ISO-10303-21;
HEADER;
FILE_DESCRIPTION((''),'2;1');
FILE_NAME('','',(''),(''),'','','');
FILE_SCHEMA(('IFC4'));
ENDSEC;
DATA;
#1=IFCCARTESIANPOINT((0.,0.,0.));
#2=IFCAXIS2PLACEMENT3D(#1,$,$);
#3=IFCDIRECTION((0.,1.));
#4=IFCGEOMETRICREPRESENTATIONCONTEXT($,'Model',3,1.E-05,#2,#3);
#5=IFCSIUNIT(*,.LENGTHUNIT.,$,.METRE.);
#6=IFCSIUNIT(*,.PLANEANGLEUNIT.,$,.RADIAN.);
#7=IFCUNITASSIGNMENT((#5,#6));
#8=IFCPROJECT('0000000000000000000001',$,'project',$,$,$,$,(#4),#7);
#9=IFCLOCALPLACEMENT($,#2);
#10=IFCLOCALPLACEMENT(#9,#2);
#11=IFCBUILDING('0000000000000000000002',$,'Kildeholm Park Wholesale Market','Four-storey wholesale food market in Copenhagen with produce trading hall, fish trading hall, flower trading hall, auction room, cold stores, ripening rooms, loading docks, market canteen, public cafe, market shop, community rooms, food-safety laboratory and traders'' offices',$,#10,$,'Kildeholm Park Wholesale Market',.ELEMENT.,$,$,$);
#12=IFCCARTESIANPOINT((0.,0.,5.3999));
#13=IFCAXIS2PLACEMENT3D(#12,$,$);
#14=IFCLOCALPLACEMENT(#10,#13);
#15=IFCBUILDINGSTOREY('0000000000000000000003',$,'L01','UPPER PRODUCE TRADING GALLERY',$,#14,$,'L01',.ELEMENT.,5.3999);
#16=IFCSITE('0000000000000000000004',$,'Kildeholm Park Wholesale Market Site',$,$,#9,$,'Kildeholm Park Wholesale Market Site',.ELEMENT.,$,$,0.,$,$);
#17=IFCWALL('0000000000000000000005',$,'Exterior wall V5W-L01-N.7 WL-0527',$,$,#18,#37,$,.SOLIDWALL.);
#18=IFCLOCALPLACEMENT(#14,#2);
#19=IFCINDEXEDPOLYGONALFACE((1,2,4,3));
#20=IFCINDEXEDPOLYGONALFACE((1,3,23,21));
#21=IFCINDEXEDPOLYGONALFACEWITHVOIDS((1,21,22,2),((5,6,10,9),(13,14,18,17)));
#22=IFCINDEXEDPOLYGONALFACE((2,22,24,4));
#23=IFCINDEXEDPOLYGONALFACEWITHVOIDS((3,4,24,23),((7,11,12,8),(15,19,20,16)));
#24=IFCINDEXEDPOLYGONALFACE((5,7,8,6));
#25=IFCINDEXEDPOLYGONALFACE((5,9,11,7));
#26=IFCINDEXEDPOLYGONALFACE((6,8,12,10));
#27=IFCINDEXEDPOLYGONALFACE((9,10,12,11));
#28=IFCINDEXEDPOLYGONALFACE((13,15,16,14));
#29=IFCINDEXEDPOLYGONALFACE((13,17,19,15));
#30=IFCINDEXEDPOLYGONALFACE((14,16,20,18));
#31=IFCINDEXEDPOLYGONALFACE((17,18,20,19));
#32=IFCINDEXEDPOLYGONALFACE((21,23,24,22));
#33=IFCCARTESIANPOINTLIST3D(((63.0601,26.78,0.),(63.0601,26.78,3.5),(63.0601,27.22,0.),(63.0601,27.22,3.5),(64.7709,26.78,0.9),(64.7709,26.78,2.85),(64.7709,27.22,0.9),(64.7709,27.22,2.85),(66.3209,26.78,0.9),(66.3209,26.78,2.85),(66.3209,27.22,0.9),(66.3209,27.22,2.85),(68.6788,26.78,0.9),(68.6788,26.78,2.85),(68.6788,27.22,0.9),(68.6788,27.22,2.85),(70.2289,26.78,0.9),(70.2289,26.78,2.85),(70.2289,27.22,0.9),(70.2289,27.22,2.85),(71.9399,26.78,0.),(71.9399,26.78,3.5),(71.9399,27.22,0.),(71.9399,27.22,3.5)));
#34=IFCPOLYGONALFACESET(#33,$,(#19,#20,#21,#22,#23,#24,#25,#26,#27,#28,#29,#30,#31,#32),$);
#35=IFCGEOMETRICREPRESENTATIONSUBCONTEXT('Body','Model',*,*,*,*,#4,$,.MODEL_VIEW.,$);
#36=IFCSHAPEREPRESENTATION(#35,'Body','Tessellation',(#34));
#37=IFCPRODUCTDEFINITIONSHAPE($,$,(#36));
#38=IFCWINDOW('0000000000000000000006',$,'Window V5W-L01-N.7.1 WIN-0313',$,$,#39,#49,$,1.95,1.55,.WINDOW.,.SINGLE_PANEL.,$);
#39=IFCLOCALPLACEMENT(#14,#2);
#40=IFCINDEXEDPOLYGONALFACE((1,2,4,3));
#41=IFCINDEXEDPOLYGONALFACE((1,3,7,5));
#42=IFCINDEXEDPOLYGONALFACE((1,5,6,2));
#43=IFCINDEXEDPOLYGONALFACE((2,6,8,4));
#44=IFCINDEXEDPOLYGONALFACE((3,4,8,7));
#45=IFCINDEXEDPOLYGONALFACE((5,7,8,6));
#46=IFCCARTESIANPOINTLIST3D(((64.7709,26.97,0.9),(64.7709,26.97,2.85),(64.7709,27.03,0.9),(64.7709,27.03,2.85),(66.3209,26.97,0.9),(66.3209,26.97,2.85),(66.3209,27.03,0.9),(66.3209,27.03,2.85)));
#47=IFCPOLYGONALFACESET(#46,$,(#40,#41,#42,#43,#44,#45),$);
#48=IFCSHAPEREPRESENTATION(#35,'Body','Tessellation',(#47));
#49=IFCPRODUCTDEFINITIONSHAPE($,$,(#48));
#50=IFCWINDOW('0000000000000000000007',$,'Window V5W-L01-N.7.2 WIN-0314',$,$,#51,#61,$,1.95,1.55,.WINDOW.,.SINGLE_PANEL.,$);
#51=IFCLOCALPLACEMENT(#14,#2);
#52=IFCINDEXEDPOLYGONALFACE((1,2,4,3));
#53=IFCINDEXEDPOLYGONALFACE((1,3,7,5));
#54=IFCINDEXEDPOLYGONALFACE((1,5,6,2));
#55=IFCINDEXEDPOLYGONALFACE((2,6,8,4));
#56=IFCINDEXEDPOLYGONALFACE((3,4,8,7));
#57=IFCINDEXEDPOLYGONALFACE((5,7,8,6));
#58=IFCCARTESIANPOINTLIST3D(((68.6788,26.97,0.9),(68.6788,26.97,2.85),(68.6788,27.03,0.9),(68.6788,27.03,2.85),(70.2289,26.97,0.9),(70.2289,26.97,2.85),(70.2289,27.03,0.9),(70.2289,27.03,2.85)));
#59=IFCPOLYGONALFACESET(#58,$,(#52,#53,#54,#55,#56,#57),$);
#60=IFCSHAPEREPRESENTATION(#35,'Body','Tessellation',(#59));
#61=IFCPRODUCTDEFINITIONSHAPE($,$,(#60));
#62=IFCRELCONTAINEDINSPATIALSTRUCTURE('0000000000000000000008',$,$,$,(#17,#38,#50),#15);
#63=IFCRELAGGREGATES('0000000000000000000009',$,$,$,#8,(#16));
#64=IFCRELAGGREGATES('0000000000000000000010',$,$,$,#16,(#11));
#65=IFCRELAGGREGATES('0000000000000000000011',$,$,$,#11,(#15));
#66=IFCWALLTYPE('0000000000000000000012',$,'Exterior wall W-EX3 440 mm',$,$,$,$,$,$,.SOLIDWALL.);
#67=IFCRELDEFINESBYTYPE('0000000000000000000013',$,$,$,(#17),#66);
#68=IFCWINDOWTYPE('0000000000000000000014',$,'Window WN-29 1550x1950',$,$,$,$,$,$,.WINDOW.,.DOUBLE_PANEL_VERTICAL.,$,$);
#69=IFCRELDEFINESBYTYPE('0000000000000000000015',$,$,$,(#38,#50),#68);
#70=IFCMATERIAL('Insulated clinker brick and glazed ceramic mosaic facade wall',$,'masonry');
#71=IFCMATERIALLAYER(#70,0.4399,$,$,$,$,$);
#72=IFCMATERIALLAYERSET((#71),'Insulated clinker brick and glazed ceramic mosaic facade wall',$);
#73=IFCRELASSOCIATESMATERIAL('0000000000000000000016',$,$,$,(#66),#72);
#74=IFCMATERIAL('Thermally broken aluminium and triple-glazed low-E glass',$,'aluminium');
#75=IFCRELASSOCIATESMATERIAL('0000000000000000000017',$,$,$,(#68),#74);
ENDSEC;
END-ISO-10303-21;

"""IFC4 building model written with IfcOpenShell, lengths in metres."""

from ifc_helpers import new_model, si_unit, direction, frame, frame_2d, origin, place, context, subcontext, project, spatial, rectangle, extrude, material, layer, layer_set, type_object, element, fill, save


model = new_model("IFC4")

# Units and contexts
model_context = context("Model", 3, precision=1e-05, world=origin(), true_north=direction((0.0, 1.0)))
body_context = subcontext(model_context, "Body", "Model", "MODEL_VIEW")
ifc_project = project(units=[si_unit("LENGTHUNIT", "METRE"), si_unit("PLANEANGLEUNIT", "RADIAN")], contexts=[model_context])

# Site, building, storey
site_placement = place(None, origin())
site = spatial("IfcSite", under=ifc_project, at=site_placement, Name="Kildeholm Park Wholesale Market Site", LongName="Kildeholm Park Wholesale Market Site", CompositionType="ELEMENT", RefElevation=0.0)
building_placement = place(site_placement, origin())
building = spatial("IfcBuilding", under=site, at=building_placement, Name="Kildeholm Park Wholesale Market", Description="Four-storey wholesale food market in Copenhagen with produce trading hall, fish trading hall, flower trading hall, auction room, cold stores, ripening rooms, loading docks, market canteen, public cafe, market shop, community rooms, food-safety laboratory and traders' offices", LongName="Kildeholm Park Wholesale Market", CompositionType="ELEMENT")
storey_placement = place(building_placement, frame((0.0, 0.0, 5.3999)))
storey = spatial("IfcBuildingStorey", under=building, at=storey_placement, Name="L01", Description="UPPER PRODUCE TRADING GALLERY", LongName="L01", CompositionType="ELEMENT", Elevation=5.3999)

# Wall, openings, windows
ifc_material_1 = material(Name="Insulated clinker brick and glazed ceramic mosaic facade wall", Category="masonry")
ifc_layer = layer(ifc_material_1, 0.4399)
ifc_layer_set = layer_set([ifc_layer], Name="Insulated clinker brick and glazed ceramic mosaic facade wall")
wall_type = type_object("IfcWallType", Name="Exterior wall W-EX3 440 mm", PredefinedType="SOLIDWALL", material=ifc_layer_set)
ifc_material_2 = material(Name="Thermally broken aluminium and triple-glazed low-E glass", Category="aluminium")
wall_1_placement = place(storey_placement, frame((63.0601, 27.0, 0.0), z_axis=(0.0, 0.0, 1.0), x_axis=(1.0, 0.0, 0.0)))
wall_1 = element("IfcWall", 1, at=wall_1_placement, inside=storey, type_object=wall_type, Name="Exterior wall V5W-L01-N.7 WL-0527", PredefinedType="SOLIDWALL", context=body_context, shape_type="SweptSolid", body=[
    extrude(rectangle(XDim=8.8799, YDim=0.4399, at=frame_2d((4.4399, 0.0))), origin(), (0.0, 0.0, 1.0), 3.5),
])
opening_1_placement = place(wall_1_placement, frame((1.7109, 0.0, 0.8999)))
opening_1 = element("IfcOpeningElement", 2, at=opening_1_placement, cuts=wall_1, PredefinedType="OPENING", context=body_context, shape_type="SweptSolid", body=[
    extrude(rectangle(XDim=1.55, YDim=1.95, at=frame_2d((0.7749, 0.9751))), frame((0.0, 0.23, 0.0), z_axis=(0.0, -1.0, 0.0), x_axis=(1.0, 0.0, 0.0)), (0.0, 0.0, 1.0), 0.46),
])
opening_2_placement = place(wall_1_placement, frame((5.6189, 0.0, 0.8999)))
opening_2 = element("IfcOpeningElement", 3, at=opening_2_placement, cuts=wall_1, PredefinedType="OPENING", context=body_context, shape_type="SweptSolid", body=[
    extrude(rectangle(XDim=1.55, YDim=1.95, at=frame_2d((0.7749, 0.9751))), frame((0.0, 0.23, 0.0), z_axis=(0.0, -1.0, 0.0), x_axis=(1.0, 0.0, 0.0)), (0.0, 0.0, 1.0), 0.46),
])
window_type_1 = type_object("IfcWindowType", Name="Window WN-29 1550x1950", PartitioningType="DOUBLE_PANEL_VERTICAL", PredefinedType="WINDOW", material=ifc_material_2)
window_1_placement = place(opening_1_placement, origin())
window_1 = element("IfcWindow", 4, at=window_1_placement, inside=storey, type_object=window_type_1, Name="Window V5W-L01-N.7.1 WIN-0313", OverallHeight=1.95, OverallWidth=1.55, PartitioningType="SINGLE_PANEL", PredefinedType="WINDOW", context=body_context, shape_type="SweptSolid", body=[
    extrude(rectangle(XDim=1.55, YDim=1.95, at=frame_2d((0.7749, 0.9751))), frame((0.0, 0.03, 0.0), z_axis=(0.0, -1.0, 0.0), x_axis=(1.0, 0.0, 0.0)), (0.0, 0.0, 1.0), 0.0601),
])
fill(opening_1, window_1)
window_2_placement = place(opening_2_placement, origin())
window_2 = element("IfcWindow", 5, at=window_2_placement, inside=storey, type_object=window_type_1, Name="Window V5W-L01-N.7.2 WIN-0314", OverallHeight=1.95, OverallWidth=1.55, PartitioningType="SINGLE_PANEL", PredefinedType="WINDOW", context=body_context, shape_type="SweptSolid", body=[
    extrude(rectangle(XDim=1.55, YDim=1.95, at=frame_2d((0.7749, 0.9751))), frame((0.0, 0.03, 0.0), z_axis=(0.0, -1.0, 0.0), x_axis=(1.0, 0.0, 0.0)), (0.0, 0.0, 1.0), 0.0601),
])
fill(opening_2, window_2)

save(model, "model.ifc")
